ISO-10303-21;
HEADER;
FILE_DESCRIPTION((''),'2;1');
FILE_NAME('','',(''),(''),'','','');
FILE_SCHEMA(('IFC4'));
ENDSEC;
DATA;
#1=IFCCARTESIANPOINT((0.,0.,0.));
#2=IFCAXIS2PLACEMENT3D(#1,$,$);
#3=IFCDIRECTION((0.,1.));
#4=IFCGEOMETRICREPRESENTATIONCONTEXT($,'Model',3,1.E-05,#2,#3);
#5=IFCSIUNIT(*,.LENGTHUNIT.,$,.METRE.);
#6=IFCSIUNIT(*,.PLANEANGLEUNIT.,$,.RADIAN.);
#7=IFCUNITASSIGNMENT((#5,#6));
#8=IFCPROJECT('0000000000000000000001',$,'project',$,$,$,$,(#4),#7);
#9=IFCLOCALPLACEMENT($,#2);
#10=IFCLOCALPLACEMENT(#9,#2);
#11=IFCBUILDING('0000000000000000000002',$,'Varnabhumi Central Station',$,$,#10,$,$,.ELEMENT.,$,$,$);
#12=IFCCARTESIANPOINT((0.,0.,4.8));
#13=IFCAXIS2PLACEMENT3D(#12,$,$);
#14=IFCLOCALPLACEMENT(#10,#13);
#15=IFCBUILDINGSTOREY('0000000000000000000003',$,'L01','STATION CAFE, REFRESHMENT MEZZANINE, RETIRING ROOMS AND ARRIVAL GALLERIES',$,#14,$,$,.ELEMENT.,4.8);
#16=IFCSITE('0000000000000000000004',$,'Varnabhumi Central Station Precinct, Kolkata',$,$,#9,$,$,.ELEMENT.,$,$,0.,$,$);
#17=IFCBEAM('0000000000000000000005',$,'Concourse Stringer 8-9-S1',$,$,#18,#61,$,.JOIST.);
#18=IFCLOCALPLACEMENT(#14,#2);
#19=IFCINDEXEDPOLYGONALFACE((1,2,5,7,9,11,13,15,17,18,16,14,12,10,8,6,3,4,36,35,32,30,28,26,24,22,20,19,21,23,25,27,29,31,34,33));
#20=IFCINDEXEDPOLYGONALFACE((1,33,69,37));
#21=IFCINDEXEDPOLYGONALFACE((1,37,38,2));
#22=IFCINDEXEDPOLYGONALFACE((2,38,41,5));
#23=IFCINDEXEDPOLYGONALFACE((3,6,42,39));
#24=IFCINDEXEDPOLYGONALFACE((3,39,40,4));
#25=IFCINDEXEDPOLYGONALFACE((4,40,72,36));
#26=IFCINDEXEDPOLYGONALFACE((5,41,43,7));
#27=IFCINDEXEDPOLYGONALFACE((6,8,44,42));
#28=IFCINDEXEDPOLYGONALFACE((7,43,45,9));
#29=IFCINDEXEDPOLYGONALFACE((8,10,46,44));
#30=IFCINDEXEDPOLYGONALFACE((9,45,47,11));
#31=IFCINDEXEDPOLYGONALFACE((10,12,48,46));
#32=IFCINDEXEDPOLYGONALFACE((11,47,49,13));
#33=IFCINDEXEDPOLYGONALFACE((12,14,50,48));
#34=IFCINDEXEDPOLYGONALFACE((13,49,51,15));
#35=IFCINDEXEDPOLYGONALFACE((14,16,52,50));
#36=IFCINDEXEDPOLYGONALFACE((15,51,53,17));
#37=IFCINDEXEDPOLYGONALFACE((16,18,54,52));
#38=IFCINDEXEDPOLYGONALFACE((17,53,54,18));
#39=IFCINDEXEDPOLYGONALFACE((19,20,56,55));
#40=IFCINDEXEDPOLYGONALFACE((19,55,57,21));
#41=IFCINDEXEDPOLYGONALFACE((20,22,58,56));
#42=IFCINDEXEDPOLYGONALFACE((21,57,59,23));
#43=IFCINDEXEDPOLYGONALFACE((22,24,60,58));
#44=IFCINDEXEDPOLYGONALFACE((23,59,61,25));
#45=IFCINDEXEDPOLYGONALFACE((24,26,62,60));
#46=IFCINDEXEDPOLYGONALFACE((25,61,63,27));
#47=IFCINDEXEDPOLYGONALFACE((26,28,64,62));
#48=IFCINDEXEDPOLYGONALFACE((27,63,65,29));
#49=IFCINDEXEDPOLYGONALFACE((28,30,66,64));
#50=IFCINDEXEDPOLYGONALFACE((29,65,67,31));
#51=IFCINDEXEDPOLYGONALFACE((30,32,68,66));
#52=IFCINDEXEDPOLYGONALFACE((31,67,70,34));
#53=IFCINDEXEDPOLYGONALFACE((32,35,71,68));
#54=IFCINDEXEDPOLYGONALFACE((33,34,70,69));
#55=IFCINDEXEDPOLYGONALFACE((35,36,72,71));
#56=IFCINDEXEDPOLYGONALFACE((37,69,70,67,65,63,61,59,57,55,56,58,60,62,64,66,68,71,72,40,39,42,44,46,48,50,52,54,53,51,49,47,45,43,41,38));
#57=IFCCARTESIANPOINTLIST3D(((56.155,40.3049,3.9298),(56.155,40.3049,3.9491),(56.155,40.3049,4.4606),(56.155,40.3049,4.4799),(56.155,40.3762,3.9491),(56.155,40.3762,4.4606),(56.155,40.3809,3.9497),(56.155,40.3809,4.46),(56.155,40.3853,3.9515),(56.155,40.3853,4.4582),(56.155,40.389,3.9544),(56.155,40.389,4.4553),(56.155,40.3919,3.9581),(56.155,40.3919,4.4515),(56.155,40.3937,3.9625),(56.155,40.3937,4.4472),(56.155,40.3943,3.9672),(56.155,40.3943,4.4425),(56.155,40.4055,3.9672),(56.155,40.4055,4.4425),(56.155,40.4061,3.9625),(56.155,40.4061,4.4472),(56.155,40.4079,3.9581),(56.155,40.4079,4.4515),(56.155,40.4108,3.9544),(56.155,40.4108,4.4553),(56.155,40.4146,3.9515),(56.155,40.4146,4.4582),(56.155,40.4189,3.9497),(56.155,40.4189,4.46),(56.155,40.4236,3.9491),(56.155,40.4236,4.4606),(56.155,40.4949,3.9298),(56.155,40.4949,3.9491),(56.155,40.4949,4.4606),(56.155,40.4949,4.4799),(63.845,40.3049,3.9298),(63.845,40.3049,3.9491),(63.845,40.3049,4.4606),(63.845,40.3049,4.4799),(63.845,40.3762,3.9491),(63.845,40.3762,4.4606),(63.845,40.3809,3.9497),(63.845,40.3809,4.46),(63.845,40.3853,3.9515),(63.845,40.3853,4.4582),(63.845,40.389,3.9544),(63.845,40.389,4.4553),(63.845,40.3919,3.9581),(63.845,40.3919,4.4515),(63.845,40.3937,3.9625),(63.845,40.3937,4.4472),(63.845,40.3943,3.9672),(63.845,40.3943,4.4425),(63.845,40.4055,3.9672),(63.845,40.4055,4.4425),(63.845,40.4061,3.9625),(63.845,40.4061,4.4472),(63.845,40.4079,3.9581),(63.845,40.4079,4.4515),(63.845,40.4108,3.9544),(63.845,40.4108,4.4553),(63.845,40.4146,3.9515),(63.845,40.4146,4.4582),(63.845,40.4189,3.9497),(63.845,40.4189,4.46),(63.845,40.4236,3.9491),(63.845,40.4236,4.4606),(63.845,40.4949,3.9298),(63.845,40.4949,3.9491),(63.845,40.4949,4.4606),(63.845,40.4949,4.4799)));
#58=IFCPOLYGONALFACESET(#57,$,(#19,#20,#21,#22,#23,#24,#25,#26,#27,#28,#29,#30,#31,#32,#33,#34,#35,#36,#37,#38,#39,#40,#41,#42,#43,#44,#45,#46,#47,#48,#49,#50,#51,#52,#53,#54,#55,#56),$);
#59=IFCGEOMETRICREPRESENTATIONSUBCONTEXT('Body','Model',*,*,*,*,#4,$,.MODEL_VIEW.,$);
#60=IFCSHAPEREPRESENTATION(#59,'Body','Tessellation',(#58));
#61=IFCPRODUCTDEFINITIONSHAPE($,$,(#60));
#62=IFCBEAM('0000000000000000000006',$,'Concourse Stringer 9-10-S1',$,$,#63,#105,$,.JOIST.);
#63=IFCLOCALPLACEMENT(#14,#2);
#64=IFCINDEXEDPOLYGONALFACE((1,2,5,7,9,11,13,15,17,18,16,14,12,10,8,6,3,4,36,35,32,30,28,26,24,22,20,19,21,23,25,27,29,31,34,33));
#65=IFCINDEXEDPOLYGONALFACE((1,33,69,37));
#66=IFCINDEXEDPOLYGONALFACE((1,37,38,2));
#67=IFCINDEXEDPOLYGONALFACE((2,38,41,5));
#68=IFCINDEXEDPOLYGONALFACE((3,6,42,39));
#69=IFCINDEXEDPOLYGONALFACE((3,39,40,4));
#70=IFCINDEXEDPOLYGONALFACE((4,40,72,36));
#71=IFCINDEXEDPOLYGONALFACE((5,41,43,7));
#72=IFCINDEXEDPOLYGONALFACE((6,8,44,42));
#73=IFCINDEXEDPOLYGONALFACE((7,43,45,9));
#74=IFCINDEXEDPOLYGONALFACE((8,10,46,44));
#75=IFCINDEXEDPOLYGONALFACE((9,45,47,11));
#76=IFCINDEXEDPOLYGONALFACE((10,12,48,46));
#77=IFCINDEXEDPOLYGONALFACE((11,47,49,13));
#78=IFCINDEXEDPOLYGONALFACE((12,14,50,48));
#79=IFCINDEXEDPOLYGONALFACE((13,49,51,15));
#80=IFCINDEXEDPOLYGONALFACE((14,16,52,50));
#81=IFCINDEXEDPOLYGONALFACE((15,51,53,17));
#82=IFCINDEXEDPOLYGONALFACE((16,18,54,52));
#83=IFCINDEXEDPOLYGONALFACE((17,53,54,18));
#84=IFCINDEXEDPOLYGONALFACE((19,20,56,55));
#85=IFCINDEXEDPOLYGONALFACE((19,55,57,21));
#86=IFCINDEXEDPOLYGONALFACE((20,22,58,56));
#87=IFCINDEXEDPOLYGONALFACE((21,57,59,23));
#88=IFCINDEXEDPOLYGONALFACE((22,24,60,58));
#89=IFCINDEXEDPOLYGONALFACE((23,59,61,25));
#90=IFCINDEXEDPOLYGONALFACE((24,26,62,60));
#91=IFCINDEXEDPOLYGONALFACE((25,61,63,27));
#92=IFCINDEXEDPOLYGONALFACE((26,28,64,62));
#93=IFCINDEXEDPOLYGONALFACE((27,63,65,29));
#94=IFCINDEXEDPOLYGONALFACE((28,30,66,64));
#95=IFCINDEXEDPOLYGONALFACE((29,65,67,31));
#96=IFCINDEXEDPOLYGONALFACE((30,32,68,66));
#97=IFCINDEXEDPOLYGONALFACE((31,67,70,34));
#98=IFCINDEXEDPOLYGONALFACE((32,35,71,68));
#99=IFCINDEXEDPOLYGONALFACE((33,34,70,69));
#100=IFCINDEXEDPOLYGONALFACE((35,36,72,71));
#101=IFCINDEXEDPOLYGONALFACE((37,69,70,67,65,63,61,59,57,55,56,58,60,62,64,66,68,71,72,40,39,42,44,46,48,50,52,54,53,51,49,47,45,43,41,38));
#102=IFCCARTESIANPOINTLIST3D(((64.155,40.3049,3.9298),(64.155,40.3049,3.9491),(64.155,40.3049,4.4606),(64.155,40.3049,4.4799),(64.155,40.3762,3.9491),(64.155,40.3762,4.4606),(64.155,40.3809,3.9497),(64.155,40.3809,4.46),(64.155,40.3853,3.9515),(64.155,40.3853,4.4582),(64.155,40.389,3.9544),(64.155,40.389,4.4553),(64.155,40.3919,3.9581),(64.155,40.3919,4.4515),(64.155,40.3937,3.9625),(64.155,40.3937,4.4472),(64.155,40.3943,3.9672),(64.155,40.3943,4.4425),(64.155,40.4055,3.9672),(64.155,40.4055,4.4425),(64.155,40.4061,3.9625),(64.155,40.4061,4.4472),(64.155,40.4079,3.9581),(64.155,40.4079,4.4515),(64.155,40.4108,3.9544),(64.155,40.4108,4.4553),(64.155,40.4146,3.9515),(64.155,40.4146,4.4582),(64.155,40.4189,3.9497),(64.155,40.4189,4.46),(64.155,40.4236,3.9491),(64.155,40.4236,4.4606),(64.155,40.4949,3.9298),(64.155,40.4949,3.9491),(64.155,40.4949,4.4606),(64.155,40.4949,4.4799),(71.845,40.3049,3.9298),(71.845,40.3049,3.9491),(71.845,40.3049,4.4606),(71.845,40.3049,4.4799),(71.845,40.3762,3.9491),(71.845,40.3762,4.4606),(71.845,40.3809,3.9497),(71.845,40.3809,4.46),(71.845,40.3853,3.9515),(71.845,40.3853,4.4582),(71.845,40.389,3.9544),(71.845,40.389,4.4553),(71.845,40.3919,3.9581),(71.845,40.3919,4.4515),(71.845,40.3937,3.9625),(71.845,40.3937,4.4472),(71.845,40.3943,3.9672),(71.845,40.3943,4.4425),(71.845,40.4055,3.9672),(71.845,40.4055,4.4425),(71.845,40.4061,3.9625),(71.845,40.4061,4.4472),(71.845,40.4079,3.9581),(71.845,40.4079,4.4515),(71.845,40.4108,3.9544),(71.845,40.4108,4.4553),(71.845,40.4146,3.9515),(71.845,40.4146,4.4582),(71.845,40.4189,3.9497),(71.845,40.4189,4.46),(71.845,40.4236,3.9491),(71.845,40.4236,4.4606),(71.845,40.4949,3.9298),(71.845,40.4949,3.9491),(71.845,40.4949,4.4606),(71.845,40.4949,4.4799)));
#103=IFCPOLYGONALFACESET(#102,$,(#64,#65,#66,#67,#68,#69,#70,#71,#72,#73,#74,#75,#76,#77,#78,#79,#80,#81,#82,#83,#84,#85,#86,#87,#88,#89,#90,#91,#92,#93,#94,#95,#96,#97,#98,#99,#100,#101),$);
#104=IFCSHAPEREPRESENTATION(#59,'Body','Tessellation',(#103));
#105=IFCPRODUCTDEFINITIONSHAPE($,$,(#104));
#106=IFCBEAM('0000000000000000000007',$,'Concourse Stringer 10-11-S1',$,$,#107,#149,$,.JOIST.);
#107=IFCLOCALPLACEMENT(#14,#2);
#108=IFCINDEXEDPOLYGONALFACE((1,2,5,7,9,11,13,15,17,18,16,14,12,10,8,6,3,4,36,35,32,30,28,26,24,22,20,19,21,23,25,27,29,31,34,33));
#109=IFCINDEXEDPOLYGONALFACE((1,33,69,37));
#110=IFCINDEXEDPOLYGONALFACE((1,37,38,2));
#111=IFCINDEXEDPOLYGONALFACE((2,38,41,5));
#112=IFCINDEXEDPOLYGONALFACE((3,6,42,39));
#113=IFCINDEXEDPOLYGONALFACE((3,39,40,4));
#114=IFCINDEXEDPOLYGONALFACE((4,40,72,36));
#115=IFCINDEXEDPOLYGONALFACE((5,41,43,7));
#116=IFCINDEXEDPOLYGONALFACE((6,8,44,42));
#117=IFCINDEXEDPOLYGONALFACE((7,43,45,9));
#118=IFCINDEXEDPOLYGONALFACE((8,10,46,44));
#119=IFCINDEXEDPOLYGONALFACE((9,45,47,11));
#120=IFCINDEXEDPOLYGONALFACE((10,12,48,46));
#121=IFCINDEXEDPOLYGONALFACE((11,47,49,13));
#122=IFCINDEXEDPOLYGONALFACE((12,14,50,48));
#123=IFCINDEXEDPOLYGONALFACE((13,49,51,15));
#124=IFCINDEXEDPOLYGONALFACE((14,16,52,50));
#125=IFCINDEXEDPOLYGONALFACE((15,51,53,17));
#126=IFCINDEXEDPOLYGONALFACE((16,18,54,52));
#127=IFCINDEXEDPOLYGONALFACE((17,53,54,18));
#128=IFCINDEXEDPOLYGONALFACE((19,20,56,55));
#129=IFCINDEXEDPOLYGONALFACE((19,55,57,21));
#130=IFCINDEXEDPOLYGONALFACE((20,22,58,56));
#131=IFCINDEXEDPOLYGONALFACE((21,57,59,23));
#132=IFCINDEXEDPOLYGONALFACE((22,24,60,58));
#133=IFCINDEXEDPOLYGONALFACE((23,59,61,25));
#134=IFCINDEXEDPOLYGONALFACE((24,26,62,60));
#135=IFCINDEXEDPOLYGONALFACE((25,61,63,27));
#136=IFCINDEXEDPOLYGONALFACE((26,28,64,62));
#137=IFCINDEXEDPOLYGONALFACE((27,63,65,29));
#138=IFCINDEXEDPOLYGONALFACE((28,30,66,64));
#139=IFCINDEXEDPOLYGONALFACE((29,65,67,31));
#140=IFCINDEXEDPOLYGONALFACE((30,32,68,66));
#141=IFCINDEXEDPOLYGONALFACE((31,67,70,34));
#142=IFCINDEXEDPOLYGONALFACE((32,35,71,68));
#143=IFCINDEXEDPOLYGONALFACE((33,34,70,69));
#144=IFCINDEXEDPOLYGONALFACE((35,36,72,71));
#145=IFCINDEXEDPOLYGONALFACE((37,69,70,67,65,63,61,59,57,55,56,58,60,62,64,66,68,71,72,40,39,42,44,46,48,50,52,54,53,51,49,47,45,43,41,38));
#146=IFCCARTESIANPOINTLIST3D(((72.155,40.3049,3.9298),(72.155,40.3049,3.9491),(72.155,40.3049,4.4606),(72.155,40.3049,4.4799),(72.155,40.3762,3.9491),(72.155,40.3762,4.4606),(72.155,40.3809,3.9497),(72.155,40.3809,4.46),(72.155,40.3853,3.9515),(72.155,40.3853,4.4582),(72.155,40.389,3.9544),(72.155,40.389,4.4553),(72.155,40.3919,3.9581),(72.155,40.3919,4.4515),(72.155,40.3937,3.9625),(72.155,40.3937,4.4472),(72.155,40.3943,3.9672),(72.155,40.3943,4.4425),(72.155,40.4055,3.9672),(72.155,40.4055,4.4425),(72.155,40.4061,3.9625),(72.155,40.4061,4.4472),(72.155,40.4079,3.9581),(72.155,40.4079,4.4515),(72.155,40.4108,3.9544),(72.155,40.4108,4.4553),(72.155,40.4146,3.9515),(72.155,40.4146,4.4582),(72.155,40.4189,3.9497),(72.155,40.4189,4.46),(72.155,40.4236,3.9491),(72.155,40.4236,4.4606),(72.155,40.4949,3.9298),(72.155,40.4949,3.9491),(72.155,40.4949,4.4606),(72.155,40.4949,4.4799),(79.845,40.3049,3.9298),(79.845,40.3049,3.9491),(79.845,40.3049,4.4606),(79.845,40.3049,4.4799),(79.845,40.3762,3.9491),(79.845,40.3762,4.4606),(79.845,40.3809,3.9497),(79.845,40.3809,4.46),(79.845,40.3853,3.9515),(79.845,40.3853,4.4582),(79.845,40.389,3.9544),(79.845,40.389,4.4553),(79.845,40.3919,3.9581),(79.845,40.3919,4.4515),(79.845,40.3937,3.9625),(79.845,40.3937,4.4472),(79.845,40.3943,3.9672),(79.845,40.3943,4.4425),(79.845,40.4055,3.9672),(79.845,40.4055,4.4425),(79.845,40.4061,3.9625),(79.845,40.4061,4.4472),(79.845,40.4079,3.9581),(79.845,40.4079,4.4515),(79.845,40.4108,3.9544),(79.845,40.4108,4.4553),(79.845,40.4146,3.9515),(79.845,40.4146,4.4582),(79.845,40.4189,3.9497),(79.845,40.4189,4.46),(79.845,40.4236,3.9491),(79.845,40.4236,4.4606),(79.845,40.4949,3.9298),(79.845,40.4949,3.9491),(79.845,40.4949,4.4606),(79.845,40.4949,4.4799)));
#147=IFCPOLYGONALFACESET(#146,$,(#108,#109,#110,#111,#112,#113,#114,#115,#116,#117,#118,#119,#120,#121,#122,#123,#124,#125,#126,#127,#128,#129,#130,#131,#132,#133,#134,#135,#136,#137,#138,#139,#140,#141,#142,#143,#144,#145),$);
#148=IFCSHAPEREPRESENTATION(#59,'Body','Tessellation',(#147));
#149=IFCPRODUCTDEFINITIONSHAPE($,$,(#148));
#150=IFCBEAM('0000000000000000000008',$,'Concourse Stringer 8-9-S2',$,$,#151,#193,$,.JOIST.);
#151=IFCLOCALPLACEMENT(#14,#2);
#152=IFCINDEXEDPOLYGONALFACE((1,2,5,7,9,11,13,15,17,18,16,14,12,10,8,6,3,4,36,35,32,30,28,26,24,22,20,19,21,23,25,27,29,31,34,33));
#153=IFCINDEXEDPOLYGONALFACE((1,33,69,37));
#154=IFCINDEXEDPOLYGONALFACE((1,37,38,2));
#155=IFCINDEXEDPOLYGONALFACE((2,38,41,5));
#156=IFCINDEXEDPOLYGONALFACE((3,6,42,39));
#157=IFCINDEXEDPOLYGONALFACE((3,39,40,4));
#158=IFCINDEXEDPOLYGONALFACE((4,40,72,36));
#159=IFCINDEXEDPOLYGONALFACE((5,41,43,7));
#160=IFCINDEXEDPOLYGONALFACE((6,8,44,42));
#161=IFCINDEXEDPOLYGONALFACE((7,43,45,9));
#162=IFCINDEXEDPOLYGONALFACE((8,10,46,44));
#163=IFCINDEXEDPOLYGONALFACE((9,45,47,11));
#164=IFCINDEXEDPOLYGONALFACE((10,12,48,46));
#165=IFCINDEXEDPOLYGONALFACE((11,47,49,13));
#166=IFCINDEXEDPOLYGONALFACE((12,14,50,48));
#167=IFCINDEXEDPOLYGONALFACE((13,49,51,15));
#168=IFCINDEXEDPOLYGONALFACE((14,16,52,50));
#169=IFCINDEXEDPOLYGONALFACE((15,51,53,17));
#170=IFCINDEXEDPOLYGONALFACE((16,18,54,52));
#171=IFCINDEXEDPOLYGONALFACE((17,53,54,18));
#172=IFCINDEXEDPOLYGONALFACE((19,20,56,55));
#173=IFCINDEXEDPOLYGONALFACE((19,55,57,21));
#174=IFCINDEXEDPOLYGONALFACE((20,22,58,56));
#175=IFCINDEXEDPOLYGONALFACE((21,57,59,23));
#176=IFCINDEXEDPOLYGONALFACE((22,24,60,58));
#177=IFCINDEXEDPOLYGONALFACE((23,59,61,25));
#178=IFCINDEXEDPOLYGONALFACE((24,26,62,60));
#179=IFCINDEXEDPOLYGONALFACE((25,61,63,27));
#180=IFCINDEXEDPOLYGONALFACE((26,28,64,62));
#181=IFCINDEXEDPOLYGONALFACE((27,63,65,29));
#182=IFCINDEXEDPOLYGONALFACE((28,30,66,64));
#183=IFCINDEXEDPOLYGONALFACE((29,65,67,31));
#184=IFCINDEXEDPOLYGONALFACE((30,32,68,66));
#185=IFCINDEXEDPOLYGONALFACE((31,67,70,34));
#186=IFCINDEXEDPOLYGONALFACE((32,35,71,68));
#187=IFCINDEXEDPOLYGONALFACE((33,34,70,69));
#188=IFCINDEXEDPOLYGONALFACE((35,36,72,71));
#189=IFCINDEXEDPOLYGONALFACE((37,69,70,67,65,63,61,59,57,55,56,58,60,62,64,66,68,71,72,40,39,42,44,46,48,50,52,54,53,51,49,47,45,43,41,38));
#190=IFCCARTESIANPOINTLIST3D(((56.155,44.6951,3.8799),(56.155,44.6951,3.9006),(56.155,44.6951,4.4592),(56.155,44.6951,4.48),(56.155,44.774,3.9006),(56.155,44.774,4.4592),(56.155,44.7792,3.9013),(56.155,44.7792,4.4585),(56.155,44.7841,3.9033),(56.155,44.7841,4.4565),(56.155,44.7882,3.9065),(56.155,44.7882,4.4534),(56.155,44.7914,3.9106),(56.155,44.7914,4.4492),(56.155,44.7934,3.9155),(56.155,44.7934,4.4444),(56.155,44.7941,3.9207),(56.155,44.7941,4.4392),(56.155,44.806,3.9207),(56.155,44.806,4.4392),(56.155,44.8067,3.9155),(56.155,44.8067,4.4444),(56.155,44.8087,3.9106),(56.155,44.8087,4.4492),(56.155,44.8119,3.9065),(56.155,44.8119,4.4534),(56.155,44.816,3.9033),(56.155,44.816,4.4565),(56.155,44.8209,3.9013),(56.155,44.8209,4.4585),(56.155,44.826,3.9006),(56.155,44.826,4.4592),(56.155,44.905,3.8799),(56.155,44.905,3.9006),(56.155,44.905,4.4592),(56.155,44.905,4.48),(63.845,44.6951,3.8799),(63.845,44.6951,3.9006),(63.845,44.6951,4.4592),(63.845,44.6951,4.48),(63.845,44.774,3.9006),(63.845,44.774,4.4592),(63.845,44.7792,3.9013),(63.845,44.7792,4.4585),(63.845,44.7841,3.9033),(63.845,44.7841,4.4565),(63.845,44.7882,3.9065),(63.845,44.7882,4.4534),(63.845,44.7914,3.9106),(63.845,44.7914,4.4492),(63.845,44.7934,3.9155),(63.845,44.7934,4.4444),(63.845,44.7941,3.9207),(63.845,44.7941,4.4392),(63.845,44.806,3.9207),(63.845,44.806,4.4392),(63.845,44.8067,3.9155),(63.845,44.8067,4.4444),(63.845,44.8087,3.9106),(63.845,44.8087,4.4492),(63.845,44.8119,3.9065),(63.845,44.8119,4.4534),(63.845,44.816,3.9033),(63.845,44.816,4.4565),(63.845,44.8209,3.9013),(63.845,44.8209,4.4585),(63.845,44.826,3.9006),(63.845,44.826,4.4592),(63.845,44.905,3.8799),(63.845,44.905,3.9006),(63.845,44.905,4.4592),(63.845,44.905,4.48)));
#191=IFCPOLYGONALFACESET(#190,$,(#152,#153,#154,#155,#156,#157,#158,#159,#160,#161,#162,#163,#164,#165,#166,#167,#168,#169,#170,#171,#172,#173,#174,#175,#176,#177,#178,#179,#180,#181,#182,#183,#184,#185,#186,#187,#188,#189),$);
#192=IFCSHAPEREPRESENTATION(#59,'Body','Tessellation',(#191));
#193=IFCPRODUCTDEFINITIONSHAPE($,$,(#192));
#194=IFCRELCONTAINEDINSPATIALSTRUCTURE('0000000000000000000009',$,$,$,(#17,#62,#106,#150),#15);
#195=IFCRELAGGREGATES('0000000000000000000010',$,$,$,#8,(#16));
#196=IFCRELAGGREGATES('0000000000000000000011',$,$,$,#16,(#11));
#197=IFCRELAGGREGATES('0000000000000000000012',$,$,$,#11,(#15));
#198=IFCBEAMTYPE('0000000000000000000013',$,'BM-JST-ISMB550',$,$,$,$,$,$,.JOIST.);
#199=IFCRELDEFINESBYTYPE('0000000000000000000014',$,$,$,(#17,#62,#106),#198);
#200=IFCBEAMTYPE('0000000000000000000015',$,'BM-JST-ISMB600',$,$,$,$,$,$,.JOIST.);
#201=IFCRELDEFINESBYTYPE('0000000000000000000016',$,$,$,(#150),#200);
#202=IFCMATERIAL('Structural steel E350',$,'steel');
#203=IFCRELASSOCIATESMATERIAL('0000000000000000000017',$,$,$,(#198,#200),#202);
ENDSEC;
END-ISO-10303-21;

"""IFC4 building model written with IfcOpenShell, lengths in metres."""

from ifc_helpers import new_model, si_unit, direction, frame, origin, origin_2d, place, context, subcontext, project, spatial, i_section, extrude, material, material_profile, profile_set, type_object, element, save


model = new_model("IFC4")

# Units and contexts
model_context = context("Model", 3, precision=1e-05, world=origin(), true_north=direction((0.0, 1.0)))
body_context = subcontext(model_context, "Body", "Model", "MODEL_VIEW")
ifc_project = project(units=[si_unit("LENGTHUNIT", "METRE"), si_unit("PLANEANGLEUNIT", "RADIAN")], contexts=[model_context])

# Site, building, storey
site_placement = place(None, origin())
site = spatial("IfcSite", under=ifc_project, at=site_placement, Name="Varnabhumi Central Station Precinct, Kolkata", CompositionType="ELEMENT", RefElevation=0.0)
building_placement = place(site_placement, origin())
building = spatial("IfcBuilding", under=site, at=building_placement, Name="Varnabhumi Central Station", CompositionType="ELEMENT")
storey_placement = place(building_placement, frame((0.0, 0.0, 4.8)))
storey = spatial("IfcBuildingStorey", under=building, at=storey_placement, Name="L01", Description="STATION CAFE, REFRESHMENT MEZZANINE, RETIRING ROOMS AND ARRIVAL GALLERIES", CompositionType="ELEMENT", Elevation=4.8)

# Beams
ifc_material_1 = material(Name="Structural steel E350", Category="steel")
ifc_material_profile_1 = material_profile(ifc_material_1, i_section(OverallWidth=0.1899, OverallDepth=0.55, WebThickness=0.0112, FlangeThickness=0.0193, FilletRadius=0.0181, at=origin_2d()), Name="Structural steel E350", Category="steel")
ifc_profile_set_1 = profile_set([ifc_material_profile_1], Name="Structural steel E350")
beam_type_1 = type_object("IfcBeamType", Name="BM-JST-ISMB550", PredefinedType="JOIST", material=ifc_profile_set_1)
for number, where, z_axis, x_axis, name in (
    (1, (56.155, 40.3999, 4.2048), (1.0, 0.0, 0.0), (0.0, 1.0, 0.0), "Concourse Stringer 8-9-S1"),
    (2, (64.155, 40.3999, 4.2048), (1.0, 0.0, 0.0), (0.0, 1.0, 0.0), "Concourse Stringer 9-10-S1"),
    (3, (72.155, 40.3999, 4.2048), (1.0, 0.0, 0.0), (0.0, 1.0, 0.0), "Concourse Stringer 10-11-S1"),
):
    element("IfcBeam", number, at=place(storey_placement, frame(where, z_axis=z_axis, x_axis=x_axis)), inside=storey, type_object=beam_type_1, Name=name, PredefinedType="JOIST", context=body_context, shape_type="SweptSolid", body=[
        extrude(i_section(OverallWidth=0.1899, OverallDepth=0.55, WebThickness=0.0112, FlangeThickness=0.0193, FilletRadius=0.0181, at=origin_2d()), origin(), (0.0, 0.0, 1.0), 7.6899),
    ])
ifc_material_profile_2 = material_profile(ifc_material_1, i_section(OverallWidth=0.21, OverallDepth=0.6001, WebThickness=0.012, FlangeThickness=0.0208, FilletRadius=0.02, at=origin_2d()), Name="Structural steel E350", Category="steel")
ifc_profile_set_2 = profile_set([ifc_material_profile_2], Name="Structural steel E350")
beam_type_2 = type_object("IfcBeamType", Name="BM-JST-ISMB600", PredefinedType="JOIST", material=ifc_profile_set_2)
beam_1_placement = place(storey_placement, frame((56.155, 44.8, 4.1799), z_axis=(1.0, 0.0, 0.0), x_axis=(0.0, 1.0, 0.0)))
element("IfcBeam", 4, at=beam_1_placement, inside=storey, type_object=beam_type_2, Name="Concourse Stringer 8-9-S2", PredefinedType="JOIST", context=body_context, shape_type="SweptSolid", body=[
    extrude(i_section(OverallWidth=0.21, OverallDepth=0.6001, WebThickness=0.012, FlangeThickness=0.0208, FilletRadius=0.02, at=origin_2d()), origin(), (0.0, 0.0, 1.0), 7.6899),
])

save(model, "model.ifc")
